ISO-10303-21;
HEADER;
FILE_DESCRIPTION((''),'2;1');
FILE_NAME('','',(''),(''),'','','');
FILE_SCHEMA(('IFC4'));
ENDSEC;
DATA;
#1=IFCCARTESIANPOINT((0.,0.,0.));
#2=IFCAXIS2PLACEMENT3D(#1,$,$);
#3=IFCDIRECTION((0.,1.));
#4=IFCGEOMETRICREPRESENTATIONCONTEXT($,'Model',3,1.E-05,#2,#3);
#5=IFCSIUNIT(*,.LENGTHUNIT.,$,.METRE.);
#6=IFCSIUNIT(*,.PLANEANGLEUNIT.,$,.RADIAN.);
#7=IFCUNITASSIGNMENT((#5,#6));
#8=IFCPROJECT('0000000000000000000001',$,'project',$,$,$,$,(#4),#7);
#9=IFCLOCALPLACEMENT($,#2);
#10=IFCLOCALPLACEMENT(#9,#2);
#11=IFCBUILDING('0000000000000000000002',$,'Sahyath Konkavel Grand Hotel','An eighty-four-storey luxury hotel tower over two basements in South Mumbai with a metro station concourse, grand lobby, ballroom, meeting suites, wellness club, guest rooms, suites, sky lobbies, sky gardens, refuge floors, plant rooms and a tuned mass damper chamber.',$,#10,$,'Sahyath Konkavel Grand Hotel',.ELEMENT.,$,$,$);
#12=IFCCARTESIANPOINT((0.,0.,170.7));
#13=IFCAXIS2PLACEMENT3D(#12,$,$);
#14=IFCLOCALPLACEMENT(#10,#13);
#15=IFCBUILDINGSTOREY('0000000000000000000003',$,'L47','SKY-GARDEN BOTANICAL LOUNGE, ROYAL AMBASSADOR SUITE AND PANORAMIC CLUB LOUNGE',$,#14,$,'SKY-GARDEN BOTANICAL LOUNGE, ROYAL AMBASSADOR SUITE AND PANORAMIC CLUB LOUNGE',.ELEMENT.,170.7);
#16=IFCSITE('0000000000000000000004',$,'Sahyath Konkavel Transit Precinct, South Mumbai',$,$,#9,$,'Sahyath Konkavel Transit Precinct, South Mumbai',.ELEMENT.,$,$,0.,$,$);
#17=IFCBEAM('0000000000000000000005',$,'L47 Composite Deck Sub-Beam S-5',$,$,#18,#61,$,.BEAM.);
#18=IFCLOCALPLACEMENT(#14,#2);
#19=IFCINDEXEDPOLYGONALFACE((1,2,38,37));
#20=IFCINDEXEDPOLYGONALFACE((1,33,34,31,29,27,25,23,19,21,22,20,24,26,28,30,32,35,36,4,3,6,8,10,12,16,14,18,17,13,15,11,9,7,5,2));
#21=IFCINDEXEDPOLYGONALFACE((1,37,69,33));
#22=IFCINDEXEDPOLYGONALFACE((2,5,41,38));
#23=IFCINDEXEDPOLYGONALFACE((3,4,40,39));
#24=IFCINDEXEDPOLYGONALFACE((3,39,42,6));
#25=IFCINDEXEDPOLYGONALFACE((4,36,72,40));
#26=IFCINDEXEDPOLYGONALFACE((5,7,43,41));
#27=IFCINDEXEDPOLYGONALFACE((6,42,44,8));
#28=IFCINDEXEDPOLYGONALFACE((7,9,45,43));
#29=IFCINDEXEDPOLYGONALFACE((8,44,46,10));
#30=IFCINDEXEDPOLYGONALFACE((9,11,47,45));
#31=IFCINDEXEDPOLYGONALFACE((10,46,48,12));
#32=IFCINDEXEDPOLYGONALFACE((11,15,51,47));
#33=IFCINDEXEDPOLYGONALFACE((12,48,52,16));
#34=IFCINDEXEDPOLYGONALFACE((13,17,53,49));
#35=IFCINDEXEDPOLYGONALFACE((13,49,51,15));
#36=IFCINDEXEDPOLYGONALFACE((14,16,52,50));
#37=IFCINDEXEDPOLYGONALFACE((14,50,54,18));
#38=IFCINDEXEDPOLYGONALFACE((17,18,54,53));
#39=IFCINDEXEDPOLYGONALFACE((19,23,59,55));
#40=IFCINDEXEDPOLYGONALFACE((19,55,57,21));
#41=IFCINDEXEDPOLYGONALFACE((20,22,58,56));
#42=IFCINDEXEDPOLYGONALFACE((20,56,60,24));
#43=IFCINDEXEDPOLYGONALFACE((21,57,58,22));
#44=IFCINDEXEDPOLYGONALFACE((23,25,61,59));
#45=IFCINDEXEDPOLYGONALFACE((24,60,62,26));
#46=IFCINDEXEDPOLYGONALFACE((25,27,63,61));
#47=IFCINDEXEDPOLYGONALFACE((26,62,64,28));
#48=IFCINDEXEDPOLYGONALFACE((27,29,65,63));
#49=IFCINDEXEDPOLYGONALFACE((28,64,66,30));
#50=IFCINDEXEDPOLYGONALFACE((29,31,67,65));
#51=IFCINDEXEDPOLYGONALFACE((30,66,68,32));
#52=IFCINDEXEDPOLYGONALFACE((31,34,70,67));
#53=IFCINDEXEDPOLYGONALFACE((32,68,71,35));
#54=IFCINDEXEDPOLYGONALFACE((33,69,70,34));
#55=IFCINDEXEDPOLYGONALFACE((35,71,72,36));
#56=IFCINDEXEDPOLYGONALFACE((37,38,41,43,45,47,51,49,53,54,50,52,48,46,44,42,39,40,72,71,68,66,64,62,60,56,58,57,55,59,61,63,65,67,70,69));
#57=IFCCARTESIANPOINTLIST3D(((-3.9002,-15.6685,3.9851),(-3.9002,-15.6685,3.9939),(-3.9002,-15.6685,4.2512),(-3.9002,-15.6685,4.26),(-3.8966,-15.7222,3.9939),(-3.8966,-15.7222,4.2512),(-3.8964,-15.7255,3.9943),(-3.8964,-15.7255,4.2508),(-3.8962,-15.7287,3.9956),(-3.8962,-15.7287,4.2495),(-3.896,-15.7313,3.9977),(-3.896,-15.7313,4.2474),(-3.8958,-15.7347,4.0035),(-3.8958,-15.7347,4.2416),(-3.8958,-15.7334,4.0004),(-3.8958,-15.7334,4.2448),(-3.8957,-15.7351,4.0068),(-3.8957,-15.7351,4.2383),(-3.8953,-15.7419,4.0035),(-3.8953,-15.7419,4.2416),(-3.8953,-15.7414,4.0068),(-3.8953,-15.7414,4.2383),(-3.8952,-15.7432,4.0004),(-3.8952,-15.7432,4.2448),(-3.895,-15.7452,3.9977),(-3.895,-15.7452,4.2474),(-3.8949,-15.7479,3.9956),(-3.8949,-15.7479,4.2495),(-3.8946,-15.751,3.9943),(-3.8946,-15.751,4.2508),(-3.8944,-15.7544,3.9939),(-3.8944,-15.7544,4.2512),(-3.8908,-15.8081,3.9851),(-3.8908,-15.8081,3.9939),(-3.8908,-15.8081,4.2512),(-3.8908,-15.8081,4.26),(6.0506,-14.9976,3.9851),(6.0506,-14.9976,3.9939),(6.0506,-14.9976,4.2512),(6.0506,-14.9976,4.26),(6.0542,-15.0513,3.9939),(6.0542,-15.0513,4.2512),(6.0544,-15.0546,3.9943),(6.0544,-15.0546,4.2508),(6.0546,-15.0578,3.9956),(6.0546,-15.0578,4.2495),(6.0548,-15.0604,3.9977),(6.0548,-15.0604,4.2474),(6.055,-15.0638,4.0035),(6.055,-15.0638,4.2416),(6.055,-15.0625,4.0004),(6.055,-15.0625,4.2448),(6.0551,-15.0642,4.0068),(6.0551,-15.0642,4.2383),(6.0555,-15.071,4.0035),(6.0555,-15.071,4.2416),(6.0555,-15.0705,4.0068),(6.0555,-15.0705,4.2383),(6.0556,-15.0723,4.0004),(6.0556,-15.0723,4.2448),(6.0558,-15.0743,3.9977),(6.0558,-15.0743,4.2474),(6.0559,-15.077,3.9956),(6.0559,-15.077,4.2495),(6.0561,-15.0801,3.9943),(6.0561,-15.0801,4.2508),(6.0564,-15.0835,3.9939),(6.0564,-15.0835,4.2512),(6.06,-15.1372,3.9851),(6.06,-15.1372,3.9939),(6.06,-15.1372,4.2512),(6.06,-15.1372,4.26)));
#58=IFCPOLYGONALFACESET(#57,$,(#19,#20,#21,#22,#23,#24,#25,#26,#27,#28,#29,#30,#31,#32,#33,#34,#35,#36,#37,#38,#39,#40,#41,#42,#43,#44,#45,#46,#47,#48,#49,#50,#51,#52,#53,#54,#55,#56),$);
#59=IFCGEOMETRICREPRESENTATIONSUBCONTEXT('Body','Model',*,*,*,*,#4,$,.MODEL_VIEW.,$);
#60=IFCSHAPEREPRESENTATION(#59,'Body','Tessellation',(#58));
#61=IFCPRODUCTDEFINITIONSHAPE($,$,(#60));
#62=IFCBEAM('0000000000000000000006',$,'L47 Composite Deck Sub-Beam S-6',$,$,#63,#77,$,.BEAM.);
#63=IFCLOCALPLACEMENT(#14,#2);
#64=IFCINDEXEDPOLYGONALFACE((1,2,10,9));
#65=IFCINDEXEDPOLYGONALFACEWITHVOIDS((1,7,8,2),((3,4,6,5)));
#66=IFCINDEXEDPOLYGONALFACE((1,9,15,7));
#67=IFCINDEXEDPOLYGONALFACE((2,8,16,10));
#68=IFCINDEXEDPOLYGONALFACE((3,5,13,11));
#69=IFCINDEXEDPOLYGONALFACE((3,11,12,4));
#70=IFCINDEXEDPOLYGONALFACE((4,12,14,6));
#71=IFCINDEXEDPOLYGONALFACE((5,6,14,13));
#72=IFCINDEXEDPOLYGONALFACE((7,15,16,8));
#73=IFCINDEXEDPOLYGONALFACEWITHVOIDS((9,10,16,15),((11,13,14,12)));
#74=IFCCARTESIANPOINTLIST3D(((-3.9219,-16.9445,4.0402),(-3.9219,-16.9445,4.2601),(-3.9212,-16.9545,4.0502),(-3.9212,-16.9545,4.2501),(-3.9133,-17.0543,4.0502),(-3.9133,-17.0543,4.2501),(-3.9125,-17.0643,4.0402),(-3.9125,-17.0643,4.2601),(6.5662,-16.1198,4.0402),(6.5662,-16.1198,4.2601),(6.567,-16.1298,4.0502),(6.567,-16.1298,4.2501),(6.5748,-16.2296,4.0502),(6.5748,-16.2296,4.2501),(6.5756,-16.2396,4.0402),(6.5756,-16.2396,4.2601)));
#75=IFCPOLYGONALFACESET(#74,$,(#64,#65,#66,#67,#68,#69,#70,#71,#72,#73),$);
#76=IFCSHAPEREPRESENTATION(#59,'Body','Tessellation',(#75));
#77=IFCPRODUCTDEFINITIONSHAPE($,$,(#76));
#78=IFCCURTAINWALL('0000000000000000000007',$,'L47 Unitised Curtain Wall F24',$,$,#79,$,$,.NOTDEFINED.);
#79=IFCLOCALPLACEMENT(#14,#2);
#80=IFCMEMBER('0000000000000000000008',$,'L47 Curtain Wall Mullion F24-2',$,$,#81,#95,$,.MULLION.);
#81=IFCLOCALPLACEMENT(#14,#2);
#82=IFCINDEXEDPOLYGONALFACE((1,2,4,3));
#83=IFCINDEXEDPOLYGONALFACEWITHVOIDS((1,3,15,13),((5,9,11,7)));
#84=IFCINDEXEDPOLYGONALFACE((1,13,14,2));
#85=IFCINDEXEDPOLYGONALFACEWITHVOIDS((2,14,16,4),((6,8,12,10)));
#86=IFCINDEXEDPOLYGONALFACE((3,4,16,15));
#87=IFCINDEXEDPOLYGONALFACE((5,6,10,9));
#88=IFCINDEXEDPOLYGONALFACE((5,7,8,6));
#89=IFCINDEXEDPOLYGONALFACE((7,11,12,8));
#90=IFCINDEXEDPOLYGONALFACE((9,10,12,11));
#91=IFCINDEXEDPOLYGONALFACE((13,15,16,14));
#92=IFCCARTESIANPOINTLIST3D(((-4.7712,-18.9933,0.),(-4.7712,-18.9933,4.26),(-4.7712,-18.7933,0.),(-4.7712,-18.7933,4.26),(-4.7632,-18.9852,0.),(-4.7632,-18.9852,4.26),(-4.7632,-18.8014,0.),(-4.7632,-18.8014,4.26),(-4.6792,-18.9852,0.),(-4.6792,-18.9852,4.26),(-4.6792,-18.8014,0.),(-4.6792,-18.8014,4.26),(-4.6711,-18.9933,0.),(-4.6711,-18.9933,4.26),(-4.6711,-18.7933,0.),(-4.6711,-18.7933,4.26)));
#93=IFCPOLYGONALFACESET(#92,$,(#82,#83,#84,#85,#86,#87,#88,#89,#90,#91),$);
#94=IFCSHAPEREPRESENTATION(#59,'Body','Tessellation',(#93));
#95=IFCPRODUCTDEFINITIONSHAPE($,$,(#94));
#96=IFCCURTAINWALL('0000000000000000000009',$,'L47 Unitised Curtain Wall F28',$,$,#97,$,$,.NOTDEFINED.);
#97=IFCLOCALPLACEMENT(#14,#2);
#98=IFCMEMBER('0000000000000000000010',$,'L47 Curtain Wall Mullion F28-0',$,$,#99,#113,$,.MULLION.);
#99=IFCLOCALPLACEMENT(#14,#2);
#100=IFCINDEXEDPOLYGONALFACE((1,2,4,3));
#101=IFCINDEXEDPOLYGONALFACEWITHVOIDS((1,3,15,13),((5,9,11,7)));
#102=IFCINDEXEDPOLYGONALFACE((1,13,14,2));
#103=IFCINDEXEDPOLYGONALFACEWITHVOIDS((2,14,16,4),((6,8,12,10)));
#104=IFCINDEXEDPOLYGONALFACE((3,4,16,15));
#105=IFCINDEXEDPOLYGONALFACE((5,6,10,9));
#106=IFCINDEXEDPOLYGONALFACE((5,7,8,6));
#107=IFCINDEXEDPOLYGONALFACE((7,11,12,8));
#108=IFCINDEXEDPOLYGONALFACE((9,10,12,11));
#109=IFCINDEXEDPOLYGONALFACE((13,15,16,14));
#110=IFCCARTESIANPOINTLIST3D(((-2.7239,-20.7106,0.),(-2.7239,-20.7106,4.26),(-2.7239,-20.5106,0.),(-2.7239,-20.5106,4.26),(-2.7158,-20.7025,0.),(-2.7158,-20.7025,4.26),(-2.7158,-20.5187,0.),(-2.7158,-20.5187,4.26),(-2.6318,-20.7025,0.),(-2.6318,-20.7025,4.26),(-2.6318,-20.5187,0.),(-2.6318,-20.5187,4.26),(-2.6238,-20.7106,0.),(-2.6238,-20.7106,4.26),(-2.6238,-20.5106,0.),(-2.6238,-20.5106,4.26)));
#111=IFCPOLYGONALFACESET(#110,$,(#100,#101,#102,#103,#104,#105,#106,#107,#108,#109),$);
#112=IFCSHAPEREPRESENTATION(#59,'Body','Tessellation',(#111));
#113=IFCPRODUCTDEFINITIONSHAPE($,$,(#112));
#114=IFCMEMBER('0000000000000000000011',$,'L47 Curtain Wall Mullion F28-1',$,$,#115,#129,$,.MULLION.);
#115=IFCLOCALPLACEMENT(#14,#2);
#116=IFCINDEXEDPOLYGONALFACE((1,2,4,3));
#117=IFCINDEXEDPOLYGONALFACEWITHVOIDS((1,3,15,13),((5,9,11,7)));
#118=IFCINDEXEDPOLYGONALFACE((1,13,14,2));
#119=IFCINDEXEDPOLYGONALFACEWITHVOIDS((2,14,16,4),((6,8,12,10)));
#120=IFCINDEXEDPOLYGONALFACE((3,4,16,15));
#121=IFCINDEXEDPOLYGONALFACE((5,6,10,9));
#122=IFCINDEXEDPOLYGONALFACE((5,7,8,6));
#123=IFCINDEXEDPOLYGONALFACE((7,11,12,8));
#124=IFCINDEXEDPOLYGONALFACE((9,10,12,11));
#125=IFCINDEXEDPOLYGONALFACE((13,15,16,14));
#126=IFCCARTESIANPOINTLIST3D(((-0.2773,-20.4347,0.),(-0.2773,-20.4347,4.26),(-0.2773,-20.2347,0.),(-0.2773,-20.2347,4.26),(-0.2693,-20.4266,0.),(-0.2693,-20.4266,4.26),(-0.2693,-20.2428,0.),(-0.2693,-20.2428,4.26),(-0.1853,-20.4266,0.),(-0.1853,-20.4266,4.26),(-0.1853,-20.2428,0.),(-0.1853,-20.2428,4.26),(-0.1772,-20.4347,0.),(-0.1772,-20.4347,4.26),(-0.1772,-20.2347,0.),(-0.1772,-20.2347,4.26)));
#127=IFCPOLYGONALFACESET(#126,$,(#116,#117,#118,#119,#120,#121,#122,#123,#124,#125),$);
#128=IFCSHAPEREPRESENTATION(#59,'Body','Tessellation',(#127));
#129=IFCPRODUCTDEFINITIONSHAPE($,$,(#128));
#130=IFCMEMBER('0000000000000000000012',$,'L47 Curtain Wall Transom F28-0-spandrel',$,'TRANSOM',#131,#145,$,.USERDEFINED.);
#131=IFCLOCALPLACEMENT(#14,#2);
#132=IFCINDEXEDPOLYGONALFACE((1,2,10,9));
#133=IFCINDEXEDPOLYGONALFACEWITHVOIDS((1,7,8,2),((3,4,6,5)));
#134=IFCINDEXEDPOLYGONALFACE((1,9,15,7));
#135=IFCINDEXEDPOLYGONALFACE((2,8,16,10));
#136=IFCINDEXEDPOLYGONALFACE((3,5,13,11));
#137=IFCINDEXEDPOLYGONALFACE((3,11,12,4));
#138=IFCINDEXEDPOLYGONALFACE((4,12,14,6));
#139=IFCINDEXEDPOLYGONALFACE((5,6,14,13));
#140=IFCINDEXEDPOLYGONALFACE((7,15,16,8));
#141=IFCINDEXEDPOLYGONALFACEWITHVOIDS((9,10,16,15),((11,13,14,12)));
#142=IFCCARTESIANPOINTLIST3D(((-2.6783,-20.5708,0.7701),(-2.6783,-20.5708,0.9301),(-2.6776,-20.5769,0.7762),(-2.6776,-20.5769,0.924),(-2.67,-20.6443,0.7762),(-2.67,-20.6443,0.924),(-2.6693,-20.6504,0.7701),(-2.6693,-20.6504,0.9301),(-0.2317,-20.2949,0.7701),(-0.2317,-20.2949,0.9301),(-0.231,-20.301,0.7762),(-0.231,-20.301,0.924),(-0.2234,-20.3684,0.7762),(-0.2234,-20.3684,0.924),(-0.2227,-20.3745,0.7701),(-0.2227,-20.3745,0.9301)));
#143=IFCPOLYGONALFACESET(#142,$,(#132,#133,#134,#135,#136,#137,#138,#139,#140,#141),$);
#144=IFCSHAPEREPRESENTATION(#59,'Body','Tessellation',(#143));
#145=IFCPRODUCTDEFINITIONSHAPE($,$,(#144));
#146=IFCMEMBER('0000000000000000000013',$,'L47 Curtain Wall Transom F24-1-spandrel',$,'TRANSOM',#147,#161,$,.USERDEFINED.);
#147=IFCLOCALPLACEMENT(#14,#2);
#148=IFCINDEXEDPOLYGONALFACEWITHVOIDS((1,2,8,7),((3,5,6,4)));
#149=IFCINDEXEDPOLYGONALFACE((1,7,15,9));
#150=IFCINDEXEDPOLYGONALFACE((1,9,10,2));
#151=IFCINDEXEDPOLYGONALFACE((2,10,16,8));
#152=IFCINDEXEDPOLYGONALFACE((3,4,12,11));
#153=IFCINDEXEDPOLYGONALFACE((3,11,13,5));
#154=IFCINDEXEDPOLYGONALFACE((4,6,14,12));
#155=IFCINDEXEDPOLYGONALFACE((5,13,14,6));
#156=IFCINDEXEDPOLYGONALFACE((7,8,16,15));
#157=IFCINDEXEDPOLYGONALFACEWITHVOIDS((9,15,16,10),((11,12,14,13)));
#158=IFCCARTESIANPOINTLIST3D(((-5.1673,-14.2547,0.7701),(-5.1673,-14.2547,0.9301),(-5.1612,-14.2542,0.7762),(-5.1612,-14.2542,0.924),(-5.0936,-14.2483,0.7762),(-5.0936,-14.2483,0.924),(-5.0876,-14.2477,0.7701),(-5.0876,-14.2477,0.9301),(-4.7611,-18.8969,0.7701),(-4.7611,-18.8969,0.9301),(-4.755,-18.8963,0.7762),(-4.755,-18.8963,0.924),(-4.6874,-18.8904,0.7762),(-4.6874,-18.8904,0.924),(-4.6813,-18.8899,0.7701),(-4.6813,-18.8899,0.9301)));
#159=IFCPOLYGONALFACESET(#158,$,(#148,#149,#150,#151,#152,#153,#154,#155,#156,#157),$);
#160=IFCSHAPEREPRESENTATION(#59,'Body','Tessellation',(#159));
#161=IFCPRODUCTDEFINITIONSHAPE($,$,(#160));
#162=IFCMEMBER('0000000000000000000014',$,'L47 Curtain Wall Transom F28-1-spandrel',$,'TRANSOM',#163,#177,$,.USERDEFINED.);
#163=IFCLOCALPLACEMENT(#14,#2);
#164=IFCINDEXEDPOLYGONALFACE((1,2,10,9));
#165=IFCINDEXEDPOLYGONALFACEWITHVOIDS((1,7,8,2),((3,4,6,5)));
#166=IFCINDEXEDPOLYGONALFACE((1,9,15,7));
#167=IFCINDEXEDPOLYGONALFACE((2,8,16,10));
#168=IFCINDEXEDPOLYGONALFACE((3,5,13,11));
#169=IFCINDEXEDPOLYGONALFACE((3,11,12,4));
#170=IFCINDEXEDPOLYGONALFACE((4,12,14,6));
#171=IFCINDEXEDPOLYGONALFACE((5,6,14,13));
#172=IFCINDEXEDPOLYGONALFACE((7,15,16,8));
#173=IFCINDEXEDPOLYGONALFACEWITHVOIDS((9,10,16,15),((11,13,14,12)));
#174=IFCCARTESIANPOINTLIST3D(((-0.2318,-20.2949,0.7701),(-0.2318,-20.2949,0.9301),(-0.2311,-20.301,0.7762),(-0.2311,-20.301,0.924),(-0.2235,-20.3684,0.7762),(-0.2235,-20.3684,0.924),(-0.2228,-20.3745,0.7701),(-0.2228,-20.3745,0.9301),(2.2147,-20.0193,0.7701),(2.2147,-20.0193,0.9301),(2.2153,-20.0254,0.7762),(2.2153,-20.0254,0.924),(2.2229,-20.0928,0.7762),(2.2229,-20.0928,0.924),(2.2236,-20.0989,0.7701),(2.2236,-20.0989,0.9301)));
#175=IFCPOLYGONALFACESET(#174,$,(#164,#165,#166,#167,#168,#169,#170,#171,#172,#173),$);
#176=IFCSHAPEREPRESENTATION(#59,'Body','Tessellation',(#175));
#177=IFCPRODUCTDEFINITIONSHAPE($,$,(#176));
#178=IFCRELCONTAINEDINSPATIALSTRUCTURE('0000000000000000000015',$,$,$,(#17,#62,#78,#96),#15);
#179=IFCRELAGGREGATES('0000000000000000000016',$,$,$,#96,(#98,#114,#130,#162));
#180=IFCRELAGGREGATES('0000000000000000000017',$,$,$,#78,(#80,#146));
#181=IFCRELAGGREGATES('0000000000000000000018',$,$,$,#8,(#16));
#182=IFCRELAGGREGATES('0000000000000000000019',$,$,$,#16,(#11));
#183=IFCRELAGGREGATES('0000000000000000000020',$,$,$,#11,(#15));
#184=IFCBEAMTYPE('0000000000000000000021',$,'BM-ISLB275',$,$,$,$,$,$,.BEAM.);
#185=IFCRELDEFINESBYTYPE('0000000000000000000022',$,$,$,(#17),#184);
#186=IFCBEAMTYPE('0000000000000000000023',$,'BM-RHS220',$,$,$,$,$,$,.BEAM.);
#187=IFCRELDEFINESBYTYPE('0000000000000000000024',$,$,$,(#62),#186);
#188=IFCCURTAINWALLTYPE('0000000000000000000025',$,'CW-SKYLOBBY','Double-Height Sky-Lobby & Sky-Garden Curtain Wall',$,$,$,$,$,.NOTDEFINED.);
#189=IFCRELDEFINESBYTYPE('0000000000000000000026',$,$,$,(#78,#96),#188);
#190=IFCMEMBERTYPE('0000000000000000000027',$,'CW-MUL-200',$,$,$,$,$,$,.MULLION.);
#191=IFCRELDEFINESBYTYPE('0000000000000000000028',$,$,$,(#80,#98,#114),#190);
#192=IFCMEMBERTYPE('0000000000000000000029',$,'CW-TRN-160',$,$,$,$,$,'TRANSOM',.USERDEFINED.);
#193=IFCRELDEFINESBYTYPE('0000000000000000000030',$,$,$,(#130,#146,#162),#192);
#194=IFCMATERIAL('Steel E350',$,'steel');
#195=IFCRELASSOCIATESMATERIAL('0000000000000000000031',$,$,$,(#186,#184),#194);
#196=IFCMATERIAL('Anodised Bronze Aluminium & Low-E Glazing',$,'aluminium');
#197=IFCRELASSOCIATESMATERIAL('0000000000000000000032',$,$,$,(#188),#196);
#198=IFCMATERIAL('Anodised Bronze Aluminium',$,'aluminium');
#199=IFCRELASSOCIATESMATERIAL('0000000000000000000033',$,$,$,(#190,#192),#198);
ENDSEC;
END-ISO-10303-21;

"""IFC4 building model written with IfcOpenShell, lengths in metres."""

from ifc_helpers import new_model, si_unit, direction, frame, origin, origin_2d, place, context, subcontext, project, spatial, hollow_rectangle, i_section, extrude, source, transform, mapped, material, material_profile, profile_set, type_object, element, aggregate, save


model = new_model("IFC4")

# Units and contexts
model_context = context("Model", 3, precision=1e-05, world=origin(), true_north=direction((0.0, 1.0)))
body_context = subcontext(model_context, "Body", "Model", "MODEL_VIEW")
ifc_project = project(units=[si_unit("LENGTHUNIT", "METRE"), si_unit("PLANEANGLEUNIT", "RADIAN")], contexts=[model_context])

# Site, building, storey
site_placement = place(None, origin())
site = spatial("IfcSite", under=ifc_project, at=site_placement, Name="Sahyath Konkavel Transit Precinct, South Mumbai", LongName="Sahyath Konkavel Transit Precinct, South Mumbai", CompositionType="ELEMENT", RefElevation=0.0)
building_placement = place(site_placement, origin())
building = spatial("IfcBuilding", under=site, at=building_placement, Name="Sahyath Konkavel Grand Hotel", Description="An eighty-four-storey luxury hotel tower over two basements in South Mumbai with a metro station concourse, grand lobby, ballroom, meeting suites, wellness club, guest rooms, suites, sky lobbies, sky gardens, refuge floors, plant rooms and a tuned mass damper chamber.", LongName="Sahyath Konkavel Grand Hotel", CompositionType="ELEMENT")
storey_placement = place(building_placement, frame((0.0, 0.0, 170.7)))
storey = spatial("IfcBuildingStorey", under=building, at=storey_placement, Name="L47", Description="SKY-GARDEN BOTANICAL LOUNGE, ROYAL AMBASSADOR SUITE AND PANORAMIC CLUB LOUNGE", LongName="SKY-GARDEN BOTANICAL LOUNGE, ROYAL AMBASSADOR SUITE AND PANORAMIC CLUB LOUNGE", CompositionType="ELEMENT", Elevation=170.7)

# Beams
ifc_material_1 = material(Name="Steel E350", Category="steel")
ifc_material_profile_1 = material_profile(ifc_material_1, hollow_rectangle(XDim=0.1201, YDim=0.22, WallThickness=0.01, at=origin_2d()), Name="RHS 220x120x10")
ifc_profile_set_1 = profile_set([ifc_material_profile_1], Name="Steel E350")
beam_type_1 = type_object("IfcBeamType", Name="BM-RHS220", PredefinedType="BEAM", material=ifc_profile_set_1)
ifc_material_profile_2 = material_profile(ifc_material_1, i_section(OverallWidth=0.1399, OverallDepth=0.2749, WebThickness=0.0063, FlangeThickness=0.0088, FilletRadius=0.0129, at=origin_2d()), Name="ISLB 275")
ifc_profile_set_2 = profile_set([ifc_material_profile_2], Name="Steel E350")
beam_type_2 = type_object("IfcBeamType", Name="BM-ISLB275", PredefinedType="BEAM", material=ifc_profile_set_2)
shared_shape_1 = source(origin(), body_context, "Body", "SweptSolid", [
    extrude(i_section(OverallWidth=0.1399, OverallDepth=0.2749, WebThickness=0.0063, FlangeThickness=0.0088, FilletRadius=0.0129, at=origin_2d()), origin(), (0.0, 0.0, 1.0), 9.9734),
])
beam_1_placement = place(storey_placement, frame((-3.8955, -15.7383, 4.1226), z_axis=(0.997735, 0.06727, 0.0), x_axis=(-0.06727, 0.997735, 0.0)))
element("IfcBeam", 1, at=beam_1_placement, inside=storey, type_object=beam_type_2, Name="L47 Composite Deck Sub-Beam S-5", PredefinedType="BEAM", context=body_context, shape_type="MappedRepresentation", body=[
    mapped(shared_shape_1, transform((0.0, 0.0, 0.0), scale=1.0)),
])
shared_shape_2 = source(origin(), body_context, "Body", "SweptSolid", [
    extrude(hollow_rectangle(XDim=0.1201, YDim=0.22, WallThickness=0.01, at=origin_2d()), origin(), (0.0, 0.0, 1.0), 10.5205),
])
beam_2_placement = place(storey_placement, frame((-3.9172, -17.0044, 4.1501), z_axis=(0.996923, 0.078391, 0.0), x_axis=(-0.078391, 0.996923, 0.0)))
element("IfcBeam", 2, at=beam_2_placement, inside=storey, type_object=beam_type_1, Name="L47 Composite Deck Sub-Beam S-6", PredefinedType="BEAM", context=body_context, shape_type="MappedRepresentation", body=[
    mapped(shared_shape_2, transform((0.0, 0.0, 0.0), scale=1.0)),
])

# Curtain wall, member
ifc_material_2 = material(Name="Anodised Bronze Aluminium & Low-E Glazing", Category="aluminium")
curtain_wall_type = type_object("IfcCurtainWallType", Name="CW-SKYLOBBY", Description="Double-Height Sky-Lobby & Sky-Garden Curtain Wall", PredefinedType="NOTDEFINED", material=ifc_material_2)
curtain_wall_1_placement = place(storey_placement, origin())
curtain_wall_1 = element("IfcCurtainWall", 3, at=curtain_wall_1_placement, inside=storey, type_object=curtain_wall_type, Name="L47 Unitised Curtain Wall F24", PredefinedType="NOTDEFINED")
ifc_material_3 = material(Name="Anodised Bronze Aluminium", Category="aluminium")
ifc_material_profile_3 = material_profile(ifc_material_3, hollow_rectangle(XDim=0.1001, YDim=0.2, WallThickness=0.0081, at=origin_2d()), Name="RHS 200x100x8")
ifc_profile_set_3 = profile_set([ifc_material_profile_3], Name="Anodised Bronze Aluminium")
member_type_1 = type_object("IfcMemberType", Name="CW-MUL-200", PredefinedType="MULLION", material=ifc_profile_set_3)
shared_shape_3 = source(origin(), body_context, "Body", "SweptSolid", [
    extrude(hollow_rectangle(XDim=0.1001, YDim=0.2, WallThickness=0.0081, at=origin_2d()), origin(), (0.0, 0.0, 1.0), 4.26),
])
member_1_placement = place(storey_placement, frame((-4.7212, -18.8933, 0.0), z_axis=(0.0, 0.0, 1.0), x_axis=(1.0, 0.0, 0.0)))
member_1 = element("IfcMember", 4, at=member_1_placement, type_object=member_type_1, Name="L47 Curtain Wall Mullion F24-2", PredefinedType="MULLION", context=body_context, shape_type="MappedRepresentation", body=[
    mapped(shared_shape_3, transform((0.0, 0.0, 0.0), scale=1.0)),
])

# Curtain wall, members
curtain_wall_2_placement = place(storey_placement, origin())
curtain_wall_2 = element("IfcCurtainWall", 5, at=curtain_wall_2_placement, inside=storey, type_object=curtain_wall_type, Name="L47 Unitised Curtain Wall F28", PredefinedType="NOTDEFINED")
member_2_placement = place(storey_placement, frame((-2.6738, -20.6106, 0.0), z_axis=(0.0, 0.0, 1.0), x_axis=(1.0, 0.0, 0.0)))
member_2 = element("IfcMember", 6, at=member_2_placement, type_object=member_type_1, Name="L47 Curtain Wall Mullion F28-0", PredefinedType="MULLION", context=body_context, shape_type="MappedRepresentation", body=[
    mapped(shared_shape_3, transform((0.0, 0.0, 0.0), scale=1.0)),
])
member_3_placement = place(storey_placement, frame((-0.2273, -20.3347, 0.0), z_axis=(0.0, 0.0, 1.0), x_axis=(1.0, 0.0, 0.0)))
member_3 = element("IfcMember", 7, at=member_3_placement, type_object=member_type_1, Name="L47 Curtain Wall Mullion F28-1", PredefinedType="MULLION", context=body_context, shape_type="MappedRepresentation", body=[
    mapped(shared_shape_3, transform((0.0, 0.0, 0.0), scale=1.0)),
])
ifc_material_profile_4 = material_profile(ifc_material_3, hollow_rectangle(XDim=0.0801, YDim=0.1599, WallThickness=0.0061, at=origin_2d()), Name="RHS 160x80x6")
ifc_profile_set_4 = profile_set([ifc_material_profile_4], Name="Anodised Bronze Aluminium")
member_type_2 = type_object("IfcMemberType", Name="CW-TRN-160", ElementType="TRANSOM", PredefinedType="USERDEFINED", material=ifc_profile_set_4)
shared_shape_4 = source(origin(), body_context, "Body", "SweptSolid", [
    extrude(hollow_rectangle(XDim=0.0801, YDim=0.1599, WallThickness=0.0061, at=origin_2d()), origin(), (0.0, 0.0, 1.0), 2.4622),
])
member_4_placement = place(storey_placement, frame((-2.6738, -20.6106, 0.8501), z_axis=(0.993702, 0.112053, 0.0), x_axis=(-0.112053, 0.993702, 0.0)))
member_4 = element("IfcMember", 8, at=member_4_placement, type_object=member_type_2, Name="L47 Curtain Wall Transom F28-0-spandrel", ObjectType="TRANSOM", PredefinedType="USERDEFINED", context=body_context, shape_type="MappedRepresentation", body=[
    mapped(shared_shape_4, transform((0.0, 0.0, 0.0), scale=1.0)),
])

# Members
shared_shape_5 = source(origin(), body_context, "Body", "SweptSolid", [
    extrude(hollow_rectangle(XDim=0.0801, YDim=0.1599, WallThickness=0.0061, at=origin_2d()), origin(), (0.0, 0.0, 1.0), 4.6599),
])
member_5_placement = place(storey_placement, frame((-5.1274, -14.2512, 0.8501), z_axis=(0.087181, -0.996192, 0.0), x_axis=(0.996192, 0.087181, 0.0)))
member_5 = element("IfcMember", 9, at=member_5_placement, type_object=member_type_2, Name="L47 Curtain Wall Transom F24-1-spandrel", ObjectType="TRANSOM", PredefinedType="USERDEFINED", context=body_context, shape_type="MappedRepresentation", body=[
    mapped(shared_shape_5, transform((0.0, 0.0, 0.0), scale=1.0)),
])
shared_shape_6 = source(origin(), body_context, "Body", "SweptSolid", [
    extrude(hollow_rectangle(XDim=0.0801, YDim=0.1599, WallThickness=0.0061, at=origin_2d()), origin(), (0.0, 0.0, 1.0), 2.4619),
])
member_6_placement = place(storey_placement, frame((-0.2273, -20.3347, 0.8501), z_axis=(0.993713, 0.111955, 0.0), x_axis=(-0.111955, 0.993713, 0.0)))
member_6 = element("IfcMember", 10, at=member_6_placement, type_object=member_type_2, Name="L47 Curtain Wall Transom F28-1-spandrel", ObjectType="TRANSOM", PredefinedType="USERDEFINED", context=body_context, shape_type="MappedRepresentation", body=[
    mapped(shared_shape_6, transform((0.0, 0.0, 0.0), scale=1.0)),
])

aggregate(curtain_wall_2, [member_2, member_3, member_4, member_6])
aggregate(curtain_wall_1, [member_1, member_5])

save(model, "model.ifc")
